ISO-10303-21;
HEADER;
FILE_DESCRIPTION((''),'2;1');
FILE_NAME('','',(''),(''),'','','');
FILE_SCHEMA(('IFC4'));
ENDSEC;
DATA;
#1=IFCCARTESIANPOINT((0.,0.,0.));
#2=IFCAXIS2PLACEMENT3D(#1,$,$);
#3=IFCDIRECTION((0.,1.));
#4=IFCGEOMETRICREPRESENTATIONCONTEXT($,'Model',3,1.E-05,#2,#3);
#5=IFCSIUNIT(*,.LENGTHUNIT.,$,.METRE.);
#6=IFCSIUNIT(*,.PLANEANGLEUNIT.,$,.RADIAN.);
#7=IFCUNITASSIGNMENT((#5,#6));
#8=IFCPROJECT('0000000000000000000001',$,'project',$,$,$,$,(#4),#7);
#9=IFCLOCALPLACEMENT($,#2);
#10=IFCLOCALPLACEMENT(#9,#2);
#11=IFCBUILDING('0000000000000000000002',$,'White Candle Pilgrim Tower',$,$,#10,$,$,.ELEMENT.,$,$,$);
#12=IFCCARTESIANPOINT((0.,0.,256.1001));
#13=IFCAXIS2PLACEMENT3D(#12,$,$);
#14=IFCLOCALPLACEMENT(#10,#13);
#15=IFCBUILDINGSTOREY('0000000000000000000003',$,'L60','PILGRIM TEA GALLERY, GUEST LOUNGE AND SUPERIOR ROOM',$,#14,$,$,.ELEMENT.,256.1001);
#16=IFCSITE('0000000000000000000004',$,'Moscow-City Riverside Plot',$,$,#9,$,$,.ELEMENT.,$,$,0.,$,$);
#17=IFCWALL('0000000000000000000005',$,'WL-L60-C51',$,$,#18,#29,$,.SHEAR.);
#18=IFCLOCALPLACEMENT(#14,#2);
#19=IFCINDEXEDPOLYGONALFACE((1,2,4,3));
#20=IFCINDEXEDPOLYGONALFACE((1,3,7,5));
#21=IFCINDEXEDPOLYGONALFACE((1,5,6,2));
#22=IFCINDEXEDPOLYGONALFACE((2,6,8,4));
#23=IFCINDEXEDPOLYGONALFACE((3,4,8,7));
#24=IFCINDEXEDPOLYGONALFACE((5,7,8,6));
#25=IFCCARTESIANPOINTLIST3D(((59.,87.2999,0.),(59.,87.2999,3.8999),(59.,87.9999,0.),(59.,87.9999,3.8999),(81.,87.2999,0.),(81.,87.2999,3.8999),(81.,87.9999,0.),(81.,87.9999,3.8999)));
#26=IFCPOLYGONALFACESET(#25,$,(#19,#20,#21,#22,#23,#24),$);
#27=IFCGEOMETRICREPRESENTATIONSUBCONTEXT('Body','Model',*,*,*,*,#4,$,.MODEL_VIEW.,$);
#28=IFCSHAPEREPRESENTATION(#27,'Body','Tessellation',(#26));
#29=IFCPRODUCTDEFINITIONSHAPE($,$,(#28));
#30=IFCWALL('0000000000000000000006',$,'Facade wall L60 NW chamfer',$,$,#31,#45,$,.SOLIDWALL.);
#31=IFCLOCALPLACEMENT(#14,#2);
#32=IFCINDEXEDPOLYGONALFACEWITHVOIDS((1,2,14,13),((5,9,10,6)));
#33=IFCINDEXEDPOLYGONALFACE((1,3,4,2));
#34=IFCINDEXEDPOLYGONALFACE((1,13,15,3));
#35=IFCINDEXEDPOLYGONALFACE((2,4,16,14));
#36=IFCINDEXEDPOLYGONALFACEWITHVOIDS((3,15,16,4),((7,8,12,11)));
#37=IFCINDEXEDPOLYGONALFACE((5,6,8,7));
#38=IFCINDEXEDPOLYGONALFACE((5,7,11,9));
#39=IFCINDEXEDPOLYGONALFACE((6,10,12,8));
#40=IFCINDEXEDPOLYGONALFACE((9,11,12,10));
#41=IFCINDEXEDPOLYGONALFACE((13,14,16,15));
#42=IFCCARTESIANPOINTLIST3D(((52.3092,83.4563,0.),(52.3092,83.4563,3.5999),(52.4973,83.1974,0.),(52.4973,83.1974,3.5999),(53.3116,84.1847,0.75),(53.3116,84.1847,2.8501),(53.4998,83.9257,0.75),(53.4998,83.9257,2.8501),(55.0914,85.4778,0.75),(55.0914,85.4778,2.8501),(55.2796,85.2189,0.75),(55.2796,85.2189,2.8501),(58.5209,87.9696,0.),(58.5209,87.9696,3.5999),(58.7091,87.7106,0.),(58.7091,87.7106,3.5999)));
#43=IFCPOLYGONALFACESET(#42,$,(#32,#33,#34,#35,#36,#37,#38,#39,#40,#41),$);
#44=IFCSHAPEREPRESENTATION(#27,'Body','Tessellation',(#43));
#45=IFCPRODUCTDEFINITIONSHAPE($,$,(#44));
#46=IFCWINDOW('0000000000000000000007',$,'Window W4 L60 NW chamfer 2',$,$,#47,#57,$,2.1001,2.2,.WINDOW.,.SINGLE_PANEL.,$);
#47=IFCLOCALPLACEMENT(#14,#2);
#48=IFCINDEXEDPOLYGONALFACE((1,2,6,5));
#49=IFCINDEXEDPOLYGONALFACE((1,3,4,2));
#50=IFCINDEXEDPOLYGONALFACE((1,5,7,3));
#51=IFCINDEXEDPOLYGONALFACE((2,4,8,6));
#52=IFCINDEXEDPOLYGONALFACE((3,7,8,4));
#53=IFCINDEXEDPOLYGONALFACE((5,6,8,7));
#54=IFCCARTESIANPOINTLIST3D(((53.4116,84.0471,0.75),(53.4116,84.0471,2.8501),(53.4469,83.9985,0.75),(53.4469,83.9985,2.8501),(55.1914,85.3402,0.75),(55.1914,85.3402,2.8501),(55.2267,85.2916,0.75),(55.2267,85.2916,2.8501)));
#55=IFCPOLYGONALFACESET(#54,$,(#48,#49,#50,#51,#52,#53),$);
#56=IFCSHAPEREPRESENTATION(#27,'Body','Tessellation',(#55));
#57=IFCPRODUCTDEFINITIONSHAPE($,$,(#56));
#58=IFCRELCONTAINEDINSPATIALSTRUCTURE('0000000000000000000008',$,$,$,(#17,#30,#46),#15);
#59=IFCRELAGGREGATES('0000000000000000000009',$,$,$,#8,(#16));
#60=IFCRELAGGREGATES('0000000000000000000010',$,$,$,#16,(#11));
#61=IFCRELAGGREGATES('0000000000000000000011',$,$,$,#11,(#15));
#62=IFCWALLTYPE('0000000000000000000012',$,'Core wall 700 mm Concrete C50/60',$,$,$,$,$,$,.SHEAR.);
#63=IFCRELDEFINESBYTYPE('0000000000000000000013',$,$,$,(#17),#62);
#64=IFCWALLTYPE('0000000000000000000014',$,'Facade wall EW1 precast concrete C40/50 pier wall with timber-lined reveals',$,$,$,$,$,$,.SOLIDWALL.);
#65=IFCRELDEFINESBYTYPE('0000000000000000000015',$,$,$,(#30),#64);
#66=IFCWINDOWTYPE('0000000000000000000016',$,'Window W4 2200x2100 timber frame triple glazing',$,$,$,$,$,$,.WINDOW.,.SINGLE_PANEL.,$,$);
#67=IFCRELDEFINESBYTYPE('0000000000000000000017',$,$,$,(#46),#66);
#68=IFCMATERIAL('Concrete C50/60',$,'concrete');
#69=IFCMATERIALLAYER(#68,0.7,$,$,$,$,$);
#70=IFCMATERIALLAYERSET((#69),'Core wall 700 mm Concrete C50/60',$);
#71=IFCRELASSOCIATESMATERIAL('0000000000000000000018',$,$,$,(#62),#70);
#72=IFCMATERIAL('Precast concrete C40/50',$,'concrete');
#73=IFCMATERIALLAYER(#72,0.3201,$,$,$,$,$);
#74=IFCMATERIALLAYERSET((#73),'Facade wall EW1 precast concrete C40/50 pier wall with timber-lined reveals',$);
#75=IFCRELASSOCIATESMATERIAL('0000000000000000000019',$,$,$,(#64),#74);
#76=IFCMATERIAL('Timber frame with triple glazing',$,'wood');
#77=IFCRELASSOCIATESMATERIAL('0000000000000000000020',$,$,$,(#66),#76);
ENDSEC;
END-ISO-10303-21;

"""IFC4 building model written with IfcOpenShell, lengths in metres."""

from ifc_helpers import new_model, si_unit, direction, frame, frame_2d, origin, place, context, subcontext, project, spatial, rectangle, extrude, material, layer, layer_set, type_object, element, fill, save


model = new_model("IFC4")

# Units and contexts
model_context = context("Model", 3, precision=1e-05, world=origin(), true_north=direction((0.0, 1.0)))
body_context = subcontext(model_context, "Body", "Model", "MODEL_VIEW")
ifc_project = project(units=[si_unit("LENGTHUNIT", "METRE"), si_unit("PLANEANGLEUNIT", "RADIAN")], contexts=[model_context])

# Site, building, storey
site_placement = place(None, origin())
site = spatial("IfcSite", under=ifc_project, at=site_placement, Name="Moscow-City Riverside Plot", CompositionType="ELEMENT", RefElevation=0.0)
building_placement = place(site_placement, origin())
building = spatial("IfcBuilding", under=site, at=building_placement, Name="White Candle Pilgrim Tower", CompositionType="ELEMENT")
storey_placement = place(building_placement, frame((0.0, 0.0, 256.1001)))
storey = spatial("IfcBuildingStorey", under=building, at=storey_placement, Name="L60", Description="PILGRIM TEA GALLERY, GUEST LOUNGE AND SUPERIOR ROOM", CompositionType="ELEMENT", Elevation=256.1001)

# Shared definitions
ifc_material_1 = material(Name="Concrete C50/60", Category="concrete")

# Wall
ifc_layer_1 = layer(ifc_material_1, 0.7)
ifc_layer_set_1 = layer_set([ifc_layer_1], Name="Core wall 700 mm Concrete C50/60")
wall_type_1 = type_object("IfcWallType", Name="Core wall 700 mm Concrete C50/60", PredefinedType="SHEAR", material=ifc_layer_set_1)
wall_1_placement = place(storey_placement, frame((59.0, 87.6499, 0.0), z_axis=(0.0, 0.0, 1.0), x_axis=(1.0, 0.0, 0.0)))
element("IfcWall", 1, at=wall_1_placement, inside=storey, type_object=wall_type_1, Name="WL-L60-C51", PredefinedType="SHEAR", context=body_context, shape_type="SweptSolid", body=[
    extrude(rectangle(XDim=22.0, YDim=0.7, at=frame_2d((11.0, 0.0))), origin(), (0.0, 0.0, 1.0), 3.8999),
])

# Wall, opening, window
ifc_material_2 = material(Name="Precast concrete C40/50", Category="concrete")
ifc_layer_2 = layer(ifc_material_2, 0.3201)
ifc_layer_set_2 = layer_set([ifc_layer_2], Name="Facade wall EW1 precast concrete C40/50 pier wall with timber-lined reveals")
wall_type_2 = type_object("IfcWallType", Name="Facade wall EW1 precast concrete C40/50 pier wall with timber-lined reveals", PredefinedType="SOLIDWALL", material=ifc_layer_set_2)
wall_2_placement = place(storey_placement, frame((58.615, 87.8401, 0.0), z_axis=(0.0, 0.0, 1.0), x_axis=(-0.809008, -0.587797, 0.0)))
wall_2 = element("IfcWall", 2, at=wall_2_placement, inside=storey, type_object=wall_type_2, Name="Facade wall L60 NW chamfer", PredefinedType="SOLIDWALL", context=body_context, shape_type="SweptSolid", body=[
    extrude(rectangle(XDim=7.6782, YDim=0.3201, at=frame_2d((3.8391, 0.0))), origin(), (0.0, 0.0, 1.0), 3.5999),
])
opening_1_placement = place(wall_2_placement, frame((4.239, 0.0, 0.75)))
opening_1 = element("IfcOpeningElement", 3, at=opening_1_placement, cuts=wall_2, PredefinedType="OPENING", context=body_context, shape_type="SweptSolid", body=[
    extrude(rectangle(XDim=2.2, YDim=2.1001, at=frame_2d((1.1001, 1.05))), frame((0.0, 0.1699, 0.0), z_axis=(0.0, -1.0, 0.0), x_axis=(1.0, 0.0, 0.0)), (0.0, 0.0, 1.0), 0.3401),
])
ifc_material_3 = material(Name="Timber frame with triple glazing", Category="wood")
window_type_1 = type_object("IfcWindowType", Name="Window W4 2200x2100 timber frame triple glazing", PartitioningType="SINGLE_PANEL", PredefinedType="WINDOW", material=ifc_material_3)
window_1_placement = place(opening_1_placement, origin())
window_1 = element("IfcWindow", 4, at=window_1_placement, inside=storey, type_object=window_type_1, Name="Window W4 L60 NW chamfer 2", OverallHeight=2.1001, OverallWidth=2.2, PartitioningType="SINGLE_PANEL", PredefinedType="WINDOW", context=body_context, shape_type="SweptSolid", body=[
    extrude(rectangle(XDim=2.2, YDim=2.1001, at=frame_2d((1.1001, 1.05))), frame((0.0, 0.0701, 0.0), z_axis=(0.0, -1.0, 0.0), x_axis=(1.0, 0.0, 0.0)), (0.0, 0.0, 1.0), 0.0601),
])
fill(opening_1, window_1)

save(model, "model.ifc")
